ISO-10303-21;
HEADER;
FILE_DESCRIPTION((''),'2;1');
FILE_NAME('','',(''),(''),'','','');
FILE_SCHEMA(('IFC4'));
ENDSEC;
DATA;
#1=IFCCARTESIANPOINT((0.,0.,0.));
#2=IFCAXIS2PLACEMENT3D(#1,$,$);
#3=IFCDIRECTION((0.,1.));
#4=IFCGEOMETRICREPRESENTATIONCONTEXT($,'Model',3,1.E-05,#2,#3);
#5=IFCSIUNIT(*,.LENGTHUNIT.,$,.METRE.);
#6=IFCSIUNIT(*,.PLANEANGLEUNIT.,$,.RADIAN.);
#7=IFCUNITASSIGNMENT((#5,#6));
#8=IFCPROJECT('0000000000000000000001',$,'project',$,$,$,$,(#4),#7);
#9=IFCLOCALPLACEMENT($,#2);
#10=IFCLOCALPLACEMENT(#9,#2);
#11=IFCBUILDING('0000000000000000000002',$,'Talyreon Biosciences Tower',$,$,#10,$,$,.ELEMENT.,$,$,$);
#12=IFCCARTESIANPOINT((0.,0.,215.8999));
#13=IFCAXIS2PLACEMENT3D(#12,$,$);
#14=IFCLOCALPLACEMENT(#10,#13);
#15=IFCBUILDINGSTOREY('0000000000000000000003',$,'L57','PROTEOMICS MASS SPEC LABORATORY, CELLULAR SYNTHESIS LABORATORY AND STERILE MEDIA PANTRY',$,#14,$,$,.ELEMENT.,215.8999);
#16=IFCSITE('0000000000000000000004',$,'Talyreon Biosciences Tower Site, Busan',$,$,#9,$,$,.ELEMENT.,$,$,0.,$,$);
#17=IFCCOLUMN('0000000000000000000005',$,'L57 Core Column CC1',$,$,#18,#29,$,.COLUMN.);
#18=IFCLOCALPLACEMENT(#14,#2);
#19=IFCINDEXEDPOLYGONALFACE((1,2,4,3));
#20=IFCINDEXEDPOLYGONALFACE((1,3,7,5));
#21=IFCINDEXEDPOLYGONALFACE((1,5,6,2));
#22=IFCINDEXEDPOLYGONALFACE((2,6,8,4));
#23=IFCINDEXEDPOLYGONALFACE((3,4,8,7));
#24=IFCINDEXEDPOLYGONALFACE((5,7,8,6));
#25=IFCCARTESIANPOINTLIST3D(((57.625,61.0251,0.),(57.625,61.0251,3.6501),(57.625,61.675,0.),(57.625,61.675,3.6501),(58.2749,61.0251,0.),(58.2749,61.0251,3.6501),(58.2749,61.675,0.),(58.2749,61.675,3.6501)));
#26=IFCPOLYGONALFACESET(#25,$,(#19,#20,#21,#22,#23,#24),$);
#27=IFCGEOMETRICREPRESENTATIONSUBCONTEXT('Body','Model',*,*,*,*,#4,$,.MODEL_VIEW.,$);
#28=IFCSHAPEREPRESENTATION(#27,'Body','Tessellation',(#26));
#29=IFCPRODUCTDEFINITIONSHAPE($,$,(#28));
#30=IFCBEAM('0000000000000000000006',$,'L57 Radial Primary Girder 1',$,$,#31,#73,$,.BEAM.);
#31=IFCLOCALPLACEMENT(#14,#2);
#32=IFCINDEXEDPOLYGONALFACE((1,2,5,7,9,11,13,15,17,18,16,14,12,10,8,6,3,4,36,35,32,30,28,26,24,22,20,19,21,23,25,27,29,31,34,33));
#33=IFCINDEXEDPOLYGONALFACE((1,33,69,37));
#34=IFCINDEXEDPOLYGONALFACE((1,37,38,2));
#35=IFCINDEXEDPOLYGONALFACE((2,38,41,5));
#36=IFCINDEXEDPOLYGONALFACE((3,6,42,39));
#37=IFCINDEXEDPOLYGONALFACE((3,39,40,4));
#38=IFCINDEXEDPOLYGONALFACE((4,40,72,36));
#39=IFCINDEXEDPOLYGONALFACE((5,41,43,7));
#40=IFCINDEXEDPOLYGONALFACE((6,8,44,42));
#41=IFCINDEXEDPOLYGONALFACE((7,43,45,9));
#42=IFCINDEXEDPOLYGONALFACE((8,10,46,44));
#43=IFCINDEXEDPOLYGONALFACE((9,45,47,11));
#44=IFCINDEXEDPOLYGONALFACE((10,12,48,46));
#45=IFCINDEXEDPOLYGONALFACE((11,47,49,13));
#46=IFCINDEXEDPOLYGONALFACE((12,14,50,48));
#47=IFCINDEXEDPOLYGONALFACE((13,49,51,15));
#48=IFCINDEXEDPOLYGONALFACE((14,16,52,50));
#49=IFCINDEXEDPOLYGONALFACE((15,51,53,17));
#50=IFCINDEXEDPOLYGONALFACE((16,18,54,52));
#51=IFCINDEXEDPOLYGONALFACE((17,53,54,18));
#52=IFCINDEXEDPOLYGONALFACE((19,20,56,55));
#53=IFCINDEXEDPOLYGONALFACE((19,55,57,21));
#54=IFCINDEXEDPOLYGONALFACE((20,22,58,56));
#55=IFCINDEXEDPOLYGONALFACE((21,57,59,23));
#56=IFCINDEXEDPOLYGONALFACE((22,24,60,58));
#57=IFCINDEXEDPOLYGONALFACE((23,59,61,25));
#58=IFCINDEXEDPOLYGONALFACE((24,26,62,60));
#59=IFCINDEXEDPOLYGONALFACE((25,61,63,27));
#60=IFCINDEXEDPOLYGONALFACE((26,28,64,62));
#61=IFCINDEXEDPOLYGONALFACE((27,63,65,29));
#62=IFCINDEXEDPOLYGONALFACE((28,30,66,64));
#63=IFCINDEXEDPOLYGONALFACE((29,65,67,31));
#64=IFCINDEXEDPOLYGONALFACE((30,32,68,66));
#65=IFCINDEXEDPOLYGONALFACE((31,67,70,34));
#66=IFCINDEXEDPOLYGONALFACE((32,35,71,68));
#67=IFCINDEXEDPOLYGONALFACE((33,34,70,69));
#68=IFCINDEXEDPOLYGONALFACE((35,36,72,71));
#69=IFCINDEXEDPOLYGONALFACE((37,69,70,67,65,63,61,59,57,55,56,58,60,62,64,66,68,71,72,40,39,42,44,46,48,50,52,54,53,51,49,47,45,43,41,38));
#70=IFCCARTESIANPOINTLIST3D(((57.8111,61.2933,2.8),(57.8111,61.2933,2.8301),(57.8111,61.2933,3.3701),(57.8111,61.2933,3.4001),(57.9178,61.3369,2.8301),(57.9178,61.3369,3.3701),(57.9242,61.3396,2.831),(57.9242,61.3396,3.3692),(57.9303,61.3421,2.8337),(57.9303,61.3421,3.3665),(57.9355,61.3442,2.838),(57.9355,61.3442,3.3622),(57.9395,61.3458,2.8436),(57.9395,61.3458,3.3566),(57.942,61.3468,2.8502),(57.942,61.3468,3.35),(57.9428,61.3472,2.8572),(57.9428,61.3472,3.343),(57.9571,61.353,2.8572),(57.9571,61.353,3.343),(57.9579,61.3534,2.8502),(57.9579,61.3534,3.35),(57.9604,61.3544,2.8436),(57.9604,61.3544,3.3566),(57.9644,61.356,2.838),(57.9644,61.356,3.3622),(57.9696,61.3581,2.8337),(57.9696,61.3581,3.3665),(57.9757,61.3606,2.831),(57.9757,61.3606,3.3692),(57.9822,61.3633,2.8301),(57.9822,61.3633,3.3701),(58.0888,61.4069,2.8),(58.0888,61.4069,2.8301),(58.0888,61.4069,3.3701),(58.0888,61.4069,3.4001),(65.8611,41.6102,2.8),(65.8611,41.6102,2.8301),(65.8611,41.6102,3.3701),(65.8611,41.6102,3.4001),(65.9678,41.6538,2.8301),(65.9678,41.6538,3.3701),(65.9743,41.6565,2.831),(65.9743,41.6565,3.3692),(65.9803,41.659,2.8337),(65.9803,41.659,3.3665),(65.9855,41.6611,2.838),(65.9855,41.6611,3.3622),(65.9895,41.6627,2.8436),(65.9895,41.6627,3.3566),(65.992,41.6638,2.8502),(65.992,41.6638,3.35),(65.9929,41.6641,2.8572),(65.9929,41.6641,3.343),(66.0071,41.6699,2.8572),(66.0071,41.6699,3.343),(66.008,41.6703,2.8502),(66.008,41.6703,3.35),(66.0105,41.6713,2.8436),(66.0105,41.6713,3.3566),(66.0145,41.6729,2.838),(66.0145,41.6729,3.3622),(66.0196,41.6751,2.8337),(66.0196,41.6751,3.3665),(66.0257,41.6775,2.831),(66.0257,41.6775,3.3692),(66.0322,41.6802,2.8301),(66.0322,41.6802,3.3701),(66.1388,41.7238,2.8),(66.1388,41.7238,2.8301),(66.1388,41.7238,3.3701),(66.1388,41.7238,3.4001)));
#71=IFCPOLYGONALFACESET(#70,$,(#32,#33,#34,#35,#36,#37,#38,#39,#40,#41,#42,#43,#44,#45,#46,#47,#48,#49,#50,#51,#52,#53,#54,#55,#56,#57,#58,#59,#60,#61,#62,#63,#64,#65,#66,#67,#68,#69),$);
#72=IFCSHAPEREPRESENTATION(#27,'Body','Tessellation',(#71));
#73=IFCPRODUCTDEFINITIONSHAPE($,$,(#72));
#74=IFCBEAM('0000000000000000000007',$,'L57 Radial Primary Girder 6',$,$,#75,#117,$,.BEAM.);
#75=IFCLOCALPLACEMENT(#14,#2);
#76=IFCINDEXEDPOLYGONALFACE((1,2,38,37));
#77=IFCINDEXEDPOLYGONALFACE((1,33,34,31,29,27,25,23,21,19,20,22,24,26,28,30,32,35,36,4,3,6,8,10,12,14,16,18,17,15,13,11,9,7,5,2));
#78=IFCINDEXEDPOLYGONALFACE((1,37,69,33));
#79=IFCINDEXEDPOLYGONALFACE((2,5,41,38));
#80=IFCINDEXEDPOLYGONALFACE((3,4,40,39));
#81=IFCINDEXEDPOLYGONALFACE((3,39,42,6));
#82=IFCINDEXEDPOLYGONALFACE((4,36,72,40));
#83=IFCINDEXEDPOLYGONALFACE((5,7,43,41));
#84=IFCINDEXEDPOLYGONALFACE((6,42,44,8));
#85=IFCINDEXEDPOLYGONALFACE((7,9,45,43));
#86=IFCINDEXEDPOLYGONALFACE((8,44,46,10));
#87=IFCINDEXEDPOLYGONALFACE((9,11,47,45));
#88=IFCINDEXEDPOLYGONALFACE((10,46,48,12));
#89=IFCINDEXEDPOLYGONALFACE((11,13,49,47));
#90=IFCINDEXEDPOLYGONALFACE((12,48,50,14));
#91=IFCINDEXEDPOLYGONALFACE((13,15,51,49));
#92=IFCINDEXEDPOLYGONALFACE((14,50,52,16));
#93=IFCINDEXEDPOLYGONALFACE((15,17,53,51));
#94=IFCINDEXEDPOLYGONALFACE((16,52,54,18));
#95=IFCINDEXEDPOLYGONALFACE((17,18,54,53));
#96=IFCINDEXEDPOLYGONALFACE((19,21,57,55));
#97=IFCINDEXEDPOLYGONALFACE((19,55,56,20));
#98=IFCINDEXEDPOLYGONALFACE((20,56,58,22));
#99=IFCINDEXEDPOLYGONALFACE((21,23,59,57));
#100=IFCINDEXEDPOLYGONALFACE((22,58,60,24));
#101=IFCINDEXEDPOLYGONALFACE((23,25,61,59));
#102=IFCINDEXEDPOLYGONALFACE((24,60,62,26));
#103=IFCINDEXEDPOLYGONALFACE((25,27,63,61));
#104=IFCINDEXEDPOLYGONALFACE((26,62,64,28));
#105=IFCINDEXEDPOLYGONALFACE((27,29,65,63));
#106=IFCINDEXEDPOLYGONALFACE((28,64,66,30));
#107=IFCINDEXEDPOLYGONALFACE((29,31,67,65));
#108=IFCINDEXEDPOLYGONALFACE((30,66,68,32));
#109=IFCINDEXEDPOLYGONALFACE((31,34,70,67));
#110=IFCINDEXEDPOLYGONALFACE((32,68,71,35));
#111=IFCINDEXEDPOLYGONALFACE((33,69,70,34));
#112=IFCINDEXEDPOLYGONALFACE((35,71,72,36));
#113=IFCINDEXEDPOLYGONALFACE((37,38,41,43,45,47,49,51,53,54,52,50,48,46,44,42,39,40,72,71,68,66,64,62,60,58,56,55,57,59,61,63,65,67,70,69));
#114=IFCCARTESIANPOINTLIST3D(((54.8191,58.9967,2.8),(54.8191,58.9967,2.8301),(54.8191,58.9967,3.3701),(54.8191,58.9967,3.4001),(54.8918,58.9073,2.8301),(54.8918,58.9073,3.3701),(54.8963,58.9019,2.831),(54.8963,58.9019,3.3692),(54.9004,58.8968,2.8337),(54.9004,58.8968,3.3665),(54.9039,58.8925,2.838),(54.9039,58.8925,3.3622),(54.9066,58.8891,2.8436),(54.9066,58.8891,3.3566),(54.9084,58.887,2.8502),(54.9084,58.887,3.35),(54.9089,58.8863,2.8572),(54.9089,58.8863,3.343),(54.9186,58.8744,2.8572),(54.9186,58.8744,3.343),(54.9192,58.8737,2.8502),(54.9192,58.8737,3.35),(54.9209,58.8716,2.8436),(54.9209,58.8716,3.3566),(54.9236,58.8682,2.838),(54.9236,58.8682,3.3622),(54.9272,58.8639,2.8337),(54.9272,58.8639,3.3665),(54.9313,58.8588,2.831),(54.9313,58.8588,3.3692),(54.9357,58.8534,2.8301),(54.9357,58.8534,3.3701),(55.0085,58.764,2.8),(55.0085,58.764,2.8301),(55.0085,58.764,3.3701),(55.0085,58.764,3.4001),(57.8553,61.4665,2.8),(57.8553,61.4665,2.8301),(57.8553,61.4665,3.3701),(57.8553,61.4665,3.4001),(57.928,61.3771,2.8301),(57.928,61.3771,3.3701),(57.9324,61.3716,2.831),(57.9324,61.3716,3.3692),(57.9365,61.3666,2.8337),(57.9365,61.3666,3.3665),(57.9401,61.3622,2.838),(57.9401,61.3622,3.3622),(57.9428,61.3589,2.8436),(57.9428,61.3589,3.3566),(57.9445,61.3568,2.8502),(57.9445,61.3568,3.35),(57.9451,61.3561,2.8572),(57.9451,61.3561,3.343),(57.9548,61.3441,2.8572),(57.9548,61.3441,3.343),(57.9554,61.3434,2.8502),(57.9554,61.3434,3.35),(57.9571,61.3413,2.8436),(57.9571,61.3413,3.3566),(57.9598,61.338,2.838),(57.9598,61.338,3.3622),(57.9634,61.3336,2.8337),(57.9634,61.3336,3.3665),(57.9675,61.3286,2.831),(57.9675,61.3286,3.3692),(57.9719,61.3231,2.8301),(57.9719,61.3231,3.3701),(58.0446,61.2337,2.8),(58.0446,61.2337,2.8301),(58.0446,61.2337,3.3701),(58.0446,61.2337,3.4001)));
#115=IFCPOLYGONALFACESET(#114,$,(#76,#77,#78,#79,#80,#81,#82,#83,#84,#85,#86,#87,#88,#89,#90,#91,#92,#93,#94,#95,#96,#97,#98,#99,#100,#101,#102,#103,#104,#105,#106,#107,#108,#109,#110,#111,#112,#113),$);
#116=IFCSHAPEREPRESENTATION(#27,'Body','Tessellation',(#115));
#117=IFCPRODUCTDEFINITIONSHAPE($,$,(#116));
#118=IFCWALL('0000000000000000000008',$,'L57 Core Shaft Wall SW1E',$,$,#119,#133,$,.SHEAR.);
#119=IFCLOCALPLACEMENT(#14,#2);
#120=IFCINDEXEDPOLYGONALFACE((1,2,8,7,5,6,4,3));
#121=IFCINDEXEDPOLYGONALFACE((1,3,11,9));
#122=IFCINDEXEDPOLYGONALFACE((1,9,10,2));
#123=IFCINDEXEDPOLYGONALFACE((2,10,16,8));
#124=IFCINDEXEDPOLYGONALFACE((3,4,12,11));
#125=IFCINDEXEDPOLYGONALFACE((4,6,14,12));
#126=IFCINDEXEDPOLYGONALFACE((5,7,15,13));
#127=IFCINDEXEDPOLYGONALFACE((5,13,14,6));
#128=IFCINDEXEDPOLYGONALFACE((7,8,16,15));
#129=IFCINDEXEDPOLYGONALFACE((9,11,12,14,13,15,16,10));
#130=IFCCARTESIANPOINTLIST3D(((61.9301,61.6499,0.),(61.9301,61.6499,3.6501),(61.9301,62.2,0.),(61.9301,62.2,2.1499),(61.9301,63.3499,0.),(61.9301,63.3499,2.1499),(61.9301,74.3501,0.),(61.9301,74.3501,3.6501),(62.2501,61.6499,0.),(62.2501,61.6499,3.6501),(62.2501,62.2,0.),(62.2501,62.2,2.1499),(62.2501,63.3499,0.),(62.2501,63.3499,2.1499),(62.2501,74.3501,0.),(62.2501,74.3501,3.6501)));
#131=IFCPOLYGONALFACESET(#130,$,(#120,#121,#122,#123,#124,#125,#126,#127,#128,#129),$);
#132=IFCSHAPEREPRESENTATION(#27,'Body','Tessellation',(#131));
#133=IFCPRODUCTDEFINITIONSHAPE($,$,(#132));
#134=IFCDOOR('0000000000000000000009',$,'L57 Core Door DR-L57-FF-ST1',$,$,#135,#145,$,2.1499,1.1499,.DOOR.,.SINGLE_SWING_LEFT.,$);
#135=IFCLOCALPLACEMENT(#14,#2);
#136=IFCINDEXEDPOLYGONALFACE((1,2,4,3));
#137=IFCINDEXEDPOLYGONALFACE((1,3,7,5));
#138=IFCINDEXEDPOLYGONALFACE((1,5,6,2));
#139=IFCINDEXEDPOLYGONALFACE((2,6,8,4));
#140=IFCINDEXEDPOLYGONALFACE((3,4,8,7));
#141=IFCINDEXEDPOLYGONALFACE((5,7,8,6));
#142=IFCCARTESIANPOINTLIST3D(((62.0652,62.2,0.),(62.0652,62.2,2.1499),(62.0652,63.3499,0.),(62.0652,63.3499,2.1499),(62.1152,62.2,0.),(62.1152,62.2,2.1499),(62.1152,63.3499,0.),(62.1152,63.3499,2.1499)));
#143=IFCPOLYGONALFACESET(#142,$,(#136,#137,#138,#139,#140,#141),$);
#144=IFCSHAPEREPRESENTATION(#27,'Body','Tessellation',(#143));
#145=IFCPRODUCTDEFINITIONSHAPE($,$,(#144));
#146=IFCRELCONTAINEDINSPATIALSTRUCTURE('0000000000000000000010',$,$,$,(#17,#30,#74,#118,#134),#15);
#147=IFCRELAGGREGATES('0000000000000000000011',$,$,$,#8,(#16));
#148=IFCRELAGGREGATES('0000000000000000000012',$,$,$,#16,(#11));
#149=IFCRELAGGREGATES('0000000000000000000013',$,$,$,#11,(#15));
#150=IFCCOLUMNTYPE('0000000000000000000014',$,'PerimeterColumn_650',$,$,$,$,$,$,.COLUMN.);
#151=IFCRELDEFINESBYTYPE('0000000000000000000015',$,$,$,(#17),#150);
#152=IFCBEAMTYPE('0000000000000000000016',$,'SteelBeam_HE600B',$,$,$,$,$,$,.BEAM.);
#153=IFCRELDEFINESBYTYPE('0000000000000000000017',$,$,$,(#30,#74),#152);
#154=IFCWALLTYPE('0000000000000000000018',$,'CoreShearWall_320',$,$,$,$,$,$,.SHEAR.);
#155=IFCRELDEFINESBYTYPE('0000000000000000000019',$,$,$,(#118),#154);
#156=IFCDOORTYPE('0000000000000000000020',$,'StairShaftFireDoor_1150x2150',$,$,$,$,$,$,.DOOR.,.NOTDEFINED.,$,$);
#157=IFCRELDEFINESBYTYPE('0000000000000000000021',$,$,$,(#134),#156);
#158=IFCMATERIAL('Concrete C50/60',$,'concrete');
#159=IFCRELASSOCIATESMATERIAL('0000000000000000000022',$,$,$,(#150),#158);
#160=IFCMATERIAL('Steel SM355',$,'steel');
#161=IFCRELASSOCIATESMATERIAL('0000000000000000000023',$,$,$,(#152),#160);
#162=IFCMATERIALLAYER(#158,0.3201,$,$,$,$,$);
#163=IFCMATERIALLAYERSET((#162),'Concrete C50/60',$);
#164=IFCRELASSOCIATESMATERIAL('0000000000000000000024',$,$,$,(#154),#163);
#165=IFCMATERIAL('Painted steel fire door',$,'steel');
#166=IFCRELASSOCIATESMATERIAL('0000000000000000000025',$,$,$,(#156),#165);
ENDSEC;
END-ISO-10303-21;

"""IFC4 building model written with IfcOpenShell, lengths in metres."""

from ifc_helpers import new_model, si_unit, direction, frame, frame_2d, origin, origin_2d, place, context, subcontext, project, spatial, rectangle, i_section, extrude, material, layer, layer_set, material_profile, profile_set, type_object, element, fill, save


model = new_model("IFC4")

# Units and contexts
model_context = context("Model", 3, precision=1e-05, world=origin(), true_north=direction((0.0, 1.0)))
body_context = subcontext(model_context, "Body", "Model", "MODEL_VIEW")
ifc_project = project(units=[si_unit("LENGTHUNIT", "METRE"), si_unit("PLANEANGLEUNIT", "RADIAN")], contexts=[model_context])

# Site, building, storey
site_placement = place(None, origin())
site = spatial("IfcSite", under=ifc_project, at=site_placement, Name="Talyreon Biosciences Tower Site, Busan", CompositionType="ELEMENT", RefElevation=0.0)
building_placement = place(site_placement, origin())
building = spatial("IfcBuilding", under=site, at=building_placement, Name="Talyreon Biosciences Tower", CompositionType="ELEMENT")
storey_placement = place(building_placement, frame((0.0, 0.0, 215.8999)))
storey = spatial("IfcBuildingStorey", under=building, at=storey_placement, Name="L57", Description="PROTEOMICS MASS SPEC LABORATORY, CELLULAR SYNTHESIS LABORATORY AND STERILE MEDIA PANTRY", CompositionType="ELEMENT", Elevation=215.8999)

# Column
ifc_material_1 = material(Name="Concrete C50/60", Category="concrete")
ifc_material_profile_1 = material_profile(ifc_material_1, rectangle(XDim=0.6499, YDim=0.6499, at=origin_2d()), Name="RC 650x650")
ifc_profile_set_1 = profile_set([ifc_material_profile_1], Name="Concrete C50/60")
column_type = type_object("IfcColumnType", Name="PerimeterColumn_650", PredefinedType="COLUMN", material=ifc_profile_set_1)
column_placement = place(storey_placement, frame((57.95, 61.3501, 0.0), z_axis=(0.0, 0.0, 1.0), x_axis=(1.0, 0.0, 0.0)))
element("IfcColumn", 1, at=column_placement, inside=storey, type_object=column_type, Name="L57 Core Column CC1", PredefinedType="COLUMN", context=body_context, shape_type="SweptSolid", body=[
    extrude(rectangle(XDim=0.6499, YDim=0.6499, at=origin_2d()), origin(), (0.0, 0.0, 1.0), 3.6501),
])

# Beams
ifc_material_2 = material(Name="Steel SM355", Category="steel")
ifc_material_profile_2 = material_profile(ifc_material_2, i_section(OverallWidth=0.3, OverallDepth=0.6001, WebThickness=0.0154, FlangeThickness=0.03, FilletRadius=0.0271, at=origin_2d()), Name="HE600B")
ifc_profile_set_2 = profile_set([ifc_material_profile_2], Name="Steel SM355")
beam_type = type_object("IfcBeamType", Name="SteelBeam_HE600B", PredefinedType="BEAM", material=ifc_profile_set_2)
beam_1_placement = place(storey_placement, frame((57.95, 61.3501, 3.1001), z_axis=(0.378547, -0.925582, 0.0), x_axis=(0.925582, 0.378547, 0.0)))
element("IfcBeam", 2, at=beam_1_placement, inside=storey, type_object=beam_type, Name="L57 Radial Primary Girder 1", PredefinedType="BEAM", context=body_context, shape_type="SweptSolid", body=[
    extrude(i_section(OverallWidth=0.3, OverallDepth=0.6001, WebThickness=0.0154, FlangeThickness=0.03, FilletRadius=0.0271, at=origin_2d()), origin(), (0.0, 0.0, 1.0), 21.2656),
])
beam_2_placement = place(storey_placement, frame((57.95, 61.3501, 3.1001), z_axis=(-0.775755, -0.631034, 0.0), x_axis=(0.631034, -0.775755, 0.0)))
element("IfcBeam", 3, at=beam_2_placement, inside=storey, type_object=beam_type, Name="L57 Radial Primary Girder 6", PredefinedType="BEAM", context=body_context, shape_type="SweptSolid", body=[
    extrude(i_section(OverallWidth=0.3, OverallDepth=0.6001, WebThickness=0.0154, FlangeThickness=0.03, FilletRadius=0.0271, at=origin_2d()), origin(), (0.0, 0.0, 1.0), 3.9138),
])

# Wall, opening, door
ifc_layer_1 = layer(ifc_material_1, 0.3201)
ifc_layer_set_1 = layer_set([ifc_layer_1], Name="Concrete C50/60")
wall_type_1 = type_object("IfcWallType", Name="CoreShearWall_320", PredefinedType="SHEAR", material=ifc_layer_set_1)
wall_1_placement = place(storey_placement, frame((62.0901, 61.6499, 0.0), z_axis=(0.0, 0.0, 1.0), x_axis=(0.0, 1.0, 0.0)))
wall_1 = element("IfcWall", 4, at=wall_1_placement, inside=storey, type_object=wall_type_1, Name="L57 Core Shaft Wall SW1E", PredefinedType="SHEAR", context=body_context, shape_type="SweptSolid", body=[
    extrude(rectangle(XDim=12.7002, YDim=0.3201, at=frame_2d((6.3501, 0.0))), origin(), (0.0, 0.0, 1.0), 3.6501),
])
opening_1_placement = place(wall_1_placement, frame((0.55, 0.0, 0.0)))
opening_1 = element("IfcOpeningElement", 5, at=opening_1_placement, cuts=wall_1, PredefinedType="OPENING", context=body_context, shape_type="SweptSolid", body=[
    extrude(rectangle(XDim=1.1499, YDim=2.1499, at=frame_2d((0.575, 1.075))), frame((0.0, 0.1699, 0.0), z_axis=(0.0, -1.0, 0.0), x_axis=(1.0, 0.0, 0.0)), (0.0, 0.0, 1.0), 0.3401),
])
ifc_material_3 = material(Name="Painted steel fire door", Category="steel")
door_type_1 = type_object("IfcDoorType", Name="StairShaftFireDoor_1150x2150", OperationType="NOTDEFINED", PredefinedType="DOOR", material=ifc_material_3)
door_1_placement = place(opening_1_placement, origin())
door_1 = element("IfcDoor", 6, at=door_1_placement, inside=storey, type_object=door_type_1, Name="L57 Core Door DR-L57-FF-ST1", OperationType="SINGLE_SWING_LEFT", OverallHeight=2.1499, OverallWidth=1.1499, PredefinedType="DOOR", context=body_context, shape_type="SweptSolid", body=[
    extrude(rectangle(XDim=1.1499, YDim=2.1499, at=frame_2d((0.575, 1.075))), frame((0.0, 0.0249, 0.0), z_axis=(0.0, -1.0, 0.0), x_axis=(1.0, 0.0, 0.0)), (0.0, 0.0, 1.0), 0.05),
])
fill(opening_1, door_1)

save(model, "model.ifc")
